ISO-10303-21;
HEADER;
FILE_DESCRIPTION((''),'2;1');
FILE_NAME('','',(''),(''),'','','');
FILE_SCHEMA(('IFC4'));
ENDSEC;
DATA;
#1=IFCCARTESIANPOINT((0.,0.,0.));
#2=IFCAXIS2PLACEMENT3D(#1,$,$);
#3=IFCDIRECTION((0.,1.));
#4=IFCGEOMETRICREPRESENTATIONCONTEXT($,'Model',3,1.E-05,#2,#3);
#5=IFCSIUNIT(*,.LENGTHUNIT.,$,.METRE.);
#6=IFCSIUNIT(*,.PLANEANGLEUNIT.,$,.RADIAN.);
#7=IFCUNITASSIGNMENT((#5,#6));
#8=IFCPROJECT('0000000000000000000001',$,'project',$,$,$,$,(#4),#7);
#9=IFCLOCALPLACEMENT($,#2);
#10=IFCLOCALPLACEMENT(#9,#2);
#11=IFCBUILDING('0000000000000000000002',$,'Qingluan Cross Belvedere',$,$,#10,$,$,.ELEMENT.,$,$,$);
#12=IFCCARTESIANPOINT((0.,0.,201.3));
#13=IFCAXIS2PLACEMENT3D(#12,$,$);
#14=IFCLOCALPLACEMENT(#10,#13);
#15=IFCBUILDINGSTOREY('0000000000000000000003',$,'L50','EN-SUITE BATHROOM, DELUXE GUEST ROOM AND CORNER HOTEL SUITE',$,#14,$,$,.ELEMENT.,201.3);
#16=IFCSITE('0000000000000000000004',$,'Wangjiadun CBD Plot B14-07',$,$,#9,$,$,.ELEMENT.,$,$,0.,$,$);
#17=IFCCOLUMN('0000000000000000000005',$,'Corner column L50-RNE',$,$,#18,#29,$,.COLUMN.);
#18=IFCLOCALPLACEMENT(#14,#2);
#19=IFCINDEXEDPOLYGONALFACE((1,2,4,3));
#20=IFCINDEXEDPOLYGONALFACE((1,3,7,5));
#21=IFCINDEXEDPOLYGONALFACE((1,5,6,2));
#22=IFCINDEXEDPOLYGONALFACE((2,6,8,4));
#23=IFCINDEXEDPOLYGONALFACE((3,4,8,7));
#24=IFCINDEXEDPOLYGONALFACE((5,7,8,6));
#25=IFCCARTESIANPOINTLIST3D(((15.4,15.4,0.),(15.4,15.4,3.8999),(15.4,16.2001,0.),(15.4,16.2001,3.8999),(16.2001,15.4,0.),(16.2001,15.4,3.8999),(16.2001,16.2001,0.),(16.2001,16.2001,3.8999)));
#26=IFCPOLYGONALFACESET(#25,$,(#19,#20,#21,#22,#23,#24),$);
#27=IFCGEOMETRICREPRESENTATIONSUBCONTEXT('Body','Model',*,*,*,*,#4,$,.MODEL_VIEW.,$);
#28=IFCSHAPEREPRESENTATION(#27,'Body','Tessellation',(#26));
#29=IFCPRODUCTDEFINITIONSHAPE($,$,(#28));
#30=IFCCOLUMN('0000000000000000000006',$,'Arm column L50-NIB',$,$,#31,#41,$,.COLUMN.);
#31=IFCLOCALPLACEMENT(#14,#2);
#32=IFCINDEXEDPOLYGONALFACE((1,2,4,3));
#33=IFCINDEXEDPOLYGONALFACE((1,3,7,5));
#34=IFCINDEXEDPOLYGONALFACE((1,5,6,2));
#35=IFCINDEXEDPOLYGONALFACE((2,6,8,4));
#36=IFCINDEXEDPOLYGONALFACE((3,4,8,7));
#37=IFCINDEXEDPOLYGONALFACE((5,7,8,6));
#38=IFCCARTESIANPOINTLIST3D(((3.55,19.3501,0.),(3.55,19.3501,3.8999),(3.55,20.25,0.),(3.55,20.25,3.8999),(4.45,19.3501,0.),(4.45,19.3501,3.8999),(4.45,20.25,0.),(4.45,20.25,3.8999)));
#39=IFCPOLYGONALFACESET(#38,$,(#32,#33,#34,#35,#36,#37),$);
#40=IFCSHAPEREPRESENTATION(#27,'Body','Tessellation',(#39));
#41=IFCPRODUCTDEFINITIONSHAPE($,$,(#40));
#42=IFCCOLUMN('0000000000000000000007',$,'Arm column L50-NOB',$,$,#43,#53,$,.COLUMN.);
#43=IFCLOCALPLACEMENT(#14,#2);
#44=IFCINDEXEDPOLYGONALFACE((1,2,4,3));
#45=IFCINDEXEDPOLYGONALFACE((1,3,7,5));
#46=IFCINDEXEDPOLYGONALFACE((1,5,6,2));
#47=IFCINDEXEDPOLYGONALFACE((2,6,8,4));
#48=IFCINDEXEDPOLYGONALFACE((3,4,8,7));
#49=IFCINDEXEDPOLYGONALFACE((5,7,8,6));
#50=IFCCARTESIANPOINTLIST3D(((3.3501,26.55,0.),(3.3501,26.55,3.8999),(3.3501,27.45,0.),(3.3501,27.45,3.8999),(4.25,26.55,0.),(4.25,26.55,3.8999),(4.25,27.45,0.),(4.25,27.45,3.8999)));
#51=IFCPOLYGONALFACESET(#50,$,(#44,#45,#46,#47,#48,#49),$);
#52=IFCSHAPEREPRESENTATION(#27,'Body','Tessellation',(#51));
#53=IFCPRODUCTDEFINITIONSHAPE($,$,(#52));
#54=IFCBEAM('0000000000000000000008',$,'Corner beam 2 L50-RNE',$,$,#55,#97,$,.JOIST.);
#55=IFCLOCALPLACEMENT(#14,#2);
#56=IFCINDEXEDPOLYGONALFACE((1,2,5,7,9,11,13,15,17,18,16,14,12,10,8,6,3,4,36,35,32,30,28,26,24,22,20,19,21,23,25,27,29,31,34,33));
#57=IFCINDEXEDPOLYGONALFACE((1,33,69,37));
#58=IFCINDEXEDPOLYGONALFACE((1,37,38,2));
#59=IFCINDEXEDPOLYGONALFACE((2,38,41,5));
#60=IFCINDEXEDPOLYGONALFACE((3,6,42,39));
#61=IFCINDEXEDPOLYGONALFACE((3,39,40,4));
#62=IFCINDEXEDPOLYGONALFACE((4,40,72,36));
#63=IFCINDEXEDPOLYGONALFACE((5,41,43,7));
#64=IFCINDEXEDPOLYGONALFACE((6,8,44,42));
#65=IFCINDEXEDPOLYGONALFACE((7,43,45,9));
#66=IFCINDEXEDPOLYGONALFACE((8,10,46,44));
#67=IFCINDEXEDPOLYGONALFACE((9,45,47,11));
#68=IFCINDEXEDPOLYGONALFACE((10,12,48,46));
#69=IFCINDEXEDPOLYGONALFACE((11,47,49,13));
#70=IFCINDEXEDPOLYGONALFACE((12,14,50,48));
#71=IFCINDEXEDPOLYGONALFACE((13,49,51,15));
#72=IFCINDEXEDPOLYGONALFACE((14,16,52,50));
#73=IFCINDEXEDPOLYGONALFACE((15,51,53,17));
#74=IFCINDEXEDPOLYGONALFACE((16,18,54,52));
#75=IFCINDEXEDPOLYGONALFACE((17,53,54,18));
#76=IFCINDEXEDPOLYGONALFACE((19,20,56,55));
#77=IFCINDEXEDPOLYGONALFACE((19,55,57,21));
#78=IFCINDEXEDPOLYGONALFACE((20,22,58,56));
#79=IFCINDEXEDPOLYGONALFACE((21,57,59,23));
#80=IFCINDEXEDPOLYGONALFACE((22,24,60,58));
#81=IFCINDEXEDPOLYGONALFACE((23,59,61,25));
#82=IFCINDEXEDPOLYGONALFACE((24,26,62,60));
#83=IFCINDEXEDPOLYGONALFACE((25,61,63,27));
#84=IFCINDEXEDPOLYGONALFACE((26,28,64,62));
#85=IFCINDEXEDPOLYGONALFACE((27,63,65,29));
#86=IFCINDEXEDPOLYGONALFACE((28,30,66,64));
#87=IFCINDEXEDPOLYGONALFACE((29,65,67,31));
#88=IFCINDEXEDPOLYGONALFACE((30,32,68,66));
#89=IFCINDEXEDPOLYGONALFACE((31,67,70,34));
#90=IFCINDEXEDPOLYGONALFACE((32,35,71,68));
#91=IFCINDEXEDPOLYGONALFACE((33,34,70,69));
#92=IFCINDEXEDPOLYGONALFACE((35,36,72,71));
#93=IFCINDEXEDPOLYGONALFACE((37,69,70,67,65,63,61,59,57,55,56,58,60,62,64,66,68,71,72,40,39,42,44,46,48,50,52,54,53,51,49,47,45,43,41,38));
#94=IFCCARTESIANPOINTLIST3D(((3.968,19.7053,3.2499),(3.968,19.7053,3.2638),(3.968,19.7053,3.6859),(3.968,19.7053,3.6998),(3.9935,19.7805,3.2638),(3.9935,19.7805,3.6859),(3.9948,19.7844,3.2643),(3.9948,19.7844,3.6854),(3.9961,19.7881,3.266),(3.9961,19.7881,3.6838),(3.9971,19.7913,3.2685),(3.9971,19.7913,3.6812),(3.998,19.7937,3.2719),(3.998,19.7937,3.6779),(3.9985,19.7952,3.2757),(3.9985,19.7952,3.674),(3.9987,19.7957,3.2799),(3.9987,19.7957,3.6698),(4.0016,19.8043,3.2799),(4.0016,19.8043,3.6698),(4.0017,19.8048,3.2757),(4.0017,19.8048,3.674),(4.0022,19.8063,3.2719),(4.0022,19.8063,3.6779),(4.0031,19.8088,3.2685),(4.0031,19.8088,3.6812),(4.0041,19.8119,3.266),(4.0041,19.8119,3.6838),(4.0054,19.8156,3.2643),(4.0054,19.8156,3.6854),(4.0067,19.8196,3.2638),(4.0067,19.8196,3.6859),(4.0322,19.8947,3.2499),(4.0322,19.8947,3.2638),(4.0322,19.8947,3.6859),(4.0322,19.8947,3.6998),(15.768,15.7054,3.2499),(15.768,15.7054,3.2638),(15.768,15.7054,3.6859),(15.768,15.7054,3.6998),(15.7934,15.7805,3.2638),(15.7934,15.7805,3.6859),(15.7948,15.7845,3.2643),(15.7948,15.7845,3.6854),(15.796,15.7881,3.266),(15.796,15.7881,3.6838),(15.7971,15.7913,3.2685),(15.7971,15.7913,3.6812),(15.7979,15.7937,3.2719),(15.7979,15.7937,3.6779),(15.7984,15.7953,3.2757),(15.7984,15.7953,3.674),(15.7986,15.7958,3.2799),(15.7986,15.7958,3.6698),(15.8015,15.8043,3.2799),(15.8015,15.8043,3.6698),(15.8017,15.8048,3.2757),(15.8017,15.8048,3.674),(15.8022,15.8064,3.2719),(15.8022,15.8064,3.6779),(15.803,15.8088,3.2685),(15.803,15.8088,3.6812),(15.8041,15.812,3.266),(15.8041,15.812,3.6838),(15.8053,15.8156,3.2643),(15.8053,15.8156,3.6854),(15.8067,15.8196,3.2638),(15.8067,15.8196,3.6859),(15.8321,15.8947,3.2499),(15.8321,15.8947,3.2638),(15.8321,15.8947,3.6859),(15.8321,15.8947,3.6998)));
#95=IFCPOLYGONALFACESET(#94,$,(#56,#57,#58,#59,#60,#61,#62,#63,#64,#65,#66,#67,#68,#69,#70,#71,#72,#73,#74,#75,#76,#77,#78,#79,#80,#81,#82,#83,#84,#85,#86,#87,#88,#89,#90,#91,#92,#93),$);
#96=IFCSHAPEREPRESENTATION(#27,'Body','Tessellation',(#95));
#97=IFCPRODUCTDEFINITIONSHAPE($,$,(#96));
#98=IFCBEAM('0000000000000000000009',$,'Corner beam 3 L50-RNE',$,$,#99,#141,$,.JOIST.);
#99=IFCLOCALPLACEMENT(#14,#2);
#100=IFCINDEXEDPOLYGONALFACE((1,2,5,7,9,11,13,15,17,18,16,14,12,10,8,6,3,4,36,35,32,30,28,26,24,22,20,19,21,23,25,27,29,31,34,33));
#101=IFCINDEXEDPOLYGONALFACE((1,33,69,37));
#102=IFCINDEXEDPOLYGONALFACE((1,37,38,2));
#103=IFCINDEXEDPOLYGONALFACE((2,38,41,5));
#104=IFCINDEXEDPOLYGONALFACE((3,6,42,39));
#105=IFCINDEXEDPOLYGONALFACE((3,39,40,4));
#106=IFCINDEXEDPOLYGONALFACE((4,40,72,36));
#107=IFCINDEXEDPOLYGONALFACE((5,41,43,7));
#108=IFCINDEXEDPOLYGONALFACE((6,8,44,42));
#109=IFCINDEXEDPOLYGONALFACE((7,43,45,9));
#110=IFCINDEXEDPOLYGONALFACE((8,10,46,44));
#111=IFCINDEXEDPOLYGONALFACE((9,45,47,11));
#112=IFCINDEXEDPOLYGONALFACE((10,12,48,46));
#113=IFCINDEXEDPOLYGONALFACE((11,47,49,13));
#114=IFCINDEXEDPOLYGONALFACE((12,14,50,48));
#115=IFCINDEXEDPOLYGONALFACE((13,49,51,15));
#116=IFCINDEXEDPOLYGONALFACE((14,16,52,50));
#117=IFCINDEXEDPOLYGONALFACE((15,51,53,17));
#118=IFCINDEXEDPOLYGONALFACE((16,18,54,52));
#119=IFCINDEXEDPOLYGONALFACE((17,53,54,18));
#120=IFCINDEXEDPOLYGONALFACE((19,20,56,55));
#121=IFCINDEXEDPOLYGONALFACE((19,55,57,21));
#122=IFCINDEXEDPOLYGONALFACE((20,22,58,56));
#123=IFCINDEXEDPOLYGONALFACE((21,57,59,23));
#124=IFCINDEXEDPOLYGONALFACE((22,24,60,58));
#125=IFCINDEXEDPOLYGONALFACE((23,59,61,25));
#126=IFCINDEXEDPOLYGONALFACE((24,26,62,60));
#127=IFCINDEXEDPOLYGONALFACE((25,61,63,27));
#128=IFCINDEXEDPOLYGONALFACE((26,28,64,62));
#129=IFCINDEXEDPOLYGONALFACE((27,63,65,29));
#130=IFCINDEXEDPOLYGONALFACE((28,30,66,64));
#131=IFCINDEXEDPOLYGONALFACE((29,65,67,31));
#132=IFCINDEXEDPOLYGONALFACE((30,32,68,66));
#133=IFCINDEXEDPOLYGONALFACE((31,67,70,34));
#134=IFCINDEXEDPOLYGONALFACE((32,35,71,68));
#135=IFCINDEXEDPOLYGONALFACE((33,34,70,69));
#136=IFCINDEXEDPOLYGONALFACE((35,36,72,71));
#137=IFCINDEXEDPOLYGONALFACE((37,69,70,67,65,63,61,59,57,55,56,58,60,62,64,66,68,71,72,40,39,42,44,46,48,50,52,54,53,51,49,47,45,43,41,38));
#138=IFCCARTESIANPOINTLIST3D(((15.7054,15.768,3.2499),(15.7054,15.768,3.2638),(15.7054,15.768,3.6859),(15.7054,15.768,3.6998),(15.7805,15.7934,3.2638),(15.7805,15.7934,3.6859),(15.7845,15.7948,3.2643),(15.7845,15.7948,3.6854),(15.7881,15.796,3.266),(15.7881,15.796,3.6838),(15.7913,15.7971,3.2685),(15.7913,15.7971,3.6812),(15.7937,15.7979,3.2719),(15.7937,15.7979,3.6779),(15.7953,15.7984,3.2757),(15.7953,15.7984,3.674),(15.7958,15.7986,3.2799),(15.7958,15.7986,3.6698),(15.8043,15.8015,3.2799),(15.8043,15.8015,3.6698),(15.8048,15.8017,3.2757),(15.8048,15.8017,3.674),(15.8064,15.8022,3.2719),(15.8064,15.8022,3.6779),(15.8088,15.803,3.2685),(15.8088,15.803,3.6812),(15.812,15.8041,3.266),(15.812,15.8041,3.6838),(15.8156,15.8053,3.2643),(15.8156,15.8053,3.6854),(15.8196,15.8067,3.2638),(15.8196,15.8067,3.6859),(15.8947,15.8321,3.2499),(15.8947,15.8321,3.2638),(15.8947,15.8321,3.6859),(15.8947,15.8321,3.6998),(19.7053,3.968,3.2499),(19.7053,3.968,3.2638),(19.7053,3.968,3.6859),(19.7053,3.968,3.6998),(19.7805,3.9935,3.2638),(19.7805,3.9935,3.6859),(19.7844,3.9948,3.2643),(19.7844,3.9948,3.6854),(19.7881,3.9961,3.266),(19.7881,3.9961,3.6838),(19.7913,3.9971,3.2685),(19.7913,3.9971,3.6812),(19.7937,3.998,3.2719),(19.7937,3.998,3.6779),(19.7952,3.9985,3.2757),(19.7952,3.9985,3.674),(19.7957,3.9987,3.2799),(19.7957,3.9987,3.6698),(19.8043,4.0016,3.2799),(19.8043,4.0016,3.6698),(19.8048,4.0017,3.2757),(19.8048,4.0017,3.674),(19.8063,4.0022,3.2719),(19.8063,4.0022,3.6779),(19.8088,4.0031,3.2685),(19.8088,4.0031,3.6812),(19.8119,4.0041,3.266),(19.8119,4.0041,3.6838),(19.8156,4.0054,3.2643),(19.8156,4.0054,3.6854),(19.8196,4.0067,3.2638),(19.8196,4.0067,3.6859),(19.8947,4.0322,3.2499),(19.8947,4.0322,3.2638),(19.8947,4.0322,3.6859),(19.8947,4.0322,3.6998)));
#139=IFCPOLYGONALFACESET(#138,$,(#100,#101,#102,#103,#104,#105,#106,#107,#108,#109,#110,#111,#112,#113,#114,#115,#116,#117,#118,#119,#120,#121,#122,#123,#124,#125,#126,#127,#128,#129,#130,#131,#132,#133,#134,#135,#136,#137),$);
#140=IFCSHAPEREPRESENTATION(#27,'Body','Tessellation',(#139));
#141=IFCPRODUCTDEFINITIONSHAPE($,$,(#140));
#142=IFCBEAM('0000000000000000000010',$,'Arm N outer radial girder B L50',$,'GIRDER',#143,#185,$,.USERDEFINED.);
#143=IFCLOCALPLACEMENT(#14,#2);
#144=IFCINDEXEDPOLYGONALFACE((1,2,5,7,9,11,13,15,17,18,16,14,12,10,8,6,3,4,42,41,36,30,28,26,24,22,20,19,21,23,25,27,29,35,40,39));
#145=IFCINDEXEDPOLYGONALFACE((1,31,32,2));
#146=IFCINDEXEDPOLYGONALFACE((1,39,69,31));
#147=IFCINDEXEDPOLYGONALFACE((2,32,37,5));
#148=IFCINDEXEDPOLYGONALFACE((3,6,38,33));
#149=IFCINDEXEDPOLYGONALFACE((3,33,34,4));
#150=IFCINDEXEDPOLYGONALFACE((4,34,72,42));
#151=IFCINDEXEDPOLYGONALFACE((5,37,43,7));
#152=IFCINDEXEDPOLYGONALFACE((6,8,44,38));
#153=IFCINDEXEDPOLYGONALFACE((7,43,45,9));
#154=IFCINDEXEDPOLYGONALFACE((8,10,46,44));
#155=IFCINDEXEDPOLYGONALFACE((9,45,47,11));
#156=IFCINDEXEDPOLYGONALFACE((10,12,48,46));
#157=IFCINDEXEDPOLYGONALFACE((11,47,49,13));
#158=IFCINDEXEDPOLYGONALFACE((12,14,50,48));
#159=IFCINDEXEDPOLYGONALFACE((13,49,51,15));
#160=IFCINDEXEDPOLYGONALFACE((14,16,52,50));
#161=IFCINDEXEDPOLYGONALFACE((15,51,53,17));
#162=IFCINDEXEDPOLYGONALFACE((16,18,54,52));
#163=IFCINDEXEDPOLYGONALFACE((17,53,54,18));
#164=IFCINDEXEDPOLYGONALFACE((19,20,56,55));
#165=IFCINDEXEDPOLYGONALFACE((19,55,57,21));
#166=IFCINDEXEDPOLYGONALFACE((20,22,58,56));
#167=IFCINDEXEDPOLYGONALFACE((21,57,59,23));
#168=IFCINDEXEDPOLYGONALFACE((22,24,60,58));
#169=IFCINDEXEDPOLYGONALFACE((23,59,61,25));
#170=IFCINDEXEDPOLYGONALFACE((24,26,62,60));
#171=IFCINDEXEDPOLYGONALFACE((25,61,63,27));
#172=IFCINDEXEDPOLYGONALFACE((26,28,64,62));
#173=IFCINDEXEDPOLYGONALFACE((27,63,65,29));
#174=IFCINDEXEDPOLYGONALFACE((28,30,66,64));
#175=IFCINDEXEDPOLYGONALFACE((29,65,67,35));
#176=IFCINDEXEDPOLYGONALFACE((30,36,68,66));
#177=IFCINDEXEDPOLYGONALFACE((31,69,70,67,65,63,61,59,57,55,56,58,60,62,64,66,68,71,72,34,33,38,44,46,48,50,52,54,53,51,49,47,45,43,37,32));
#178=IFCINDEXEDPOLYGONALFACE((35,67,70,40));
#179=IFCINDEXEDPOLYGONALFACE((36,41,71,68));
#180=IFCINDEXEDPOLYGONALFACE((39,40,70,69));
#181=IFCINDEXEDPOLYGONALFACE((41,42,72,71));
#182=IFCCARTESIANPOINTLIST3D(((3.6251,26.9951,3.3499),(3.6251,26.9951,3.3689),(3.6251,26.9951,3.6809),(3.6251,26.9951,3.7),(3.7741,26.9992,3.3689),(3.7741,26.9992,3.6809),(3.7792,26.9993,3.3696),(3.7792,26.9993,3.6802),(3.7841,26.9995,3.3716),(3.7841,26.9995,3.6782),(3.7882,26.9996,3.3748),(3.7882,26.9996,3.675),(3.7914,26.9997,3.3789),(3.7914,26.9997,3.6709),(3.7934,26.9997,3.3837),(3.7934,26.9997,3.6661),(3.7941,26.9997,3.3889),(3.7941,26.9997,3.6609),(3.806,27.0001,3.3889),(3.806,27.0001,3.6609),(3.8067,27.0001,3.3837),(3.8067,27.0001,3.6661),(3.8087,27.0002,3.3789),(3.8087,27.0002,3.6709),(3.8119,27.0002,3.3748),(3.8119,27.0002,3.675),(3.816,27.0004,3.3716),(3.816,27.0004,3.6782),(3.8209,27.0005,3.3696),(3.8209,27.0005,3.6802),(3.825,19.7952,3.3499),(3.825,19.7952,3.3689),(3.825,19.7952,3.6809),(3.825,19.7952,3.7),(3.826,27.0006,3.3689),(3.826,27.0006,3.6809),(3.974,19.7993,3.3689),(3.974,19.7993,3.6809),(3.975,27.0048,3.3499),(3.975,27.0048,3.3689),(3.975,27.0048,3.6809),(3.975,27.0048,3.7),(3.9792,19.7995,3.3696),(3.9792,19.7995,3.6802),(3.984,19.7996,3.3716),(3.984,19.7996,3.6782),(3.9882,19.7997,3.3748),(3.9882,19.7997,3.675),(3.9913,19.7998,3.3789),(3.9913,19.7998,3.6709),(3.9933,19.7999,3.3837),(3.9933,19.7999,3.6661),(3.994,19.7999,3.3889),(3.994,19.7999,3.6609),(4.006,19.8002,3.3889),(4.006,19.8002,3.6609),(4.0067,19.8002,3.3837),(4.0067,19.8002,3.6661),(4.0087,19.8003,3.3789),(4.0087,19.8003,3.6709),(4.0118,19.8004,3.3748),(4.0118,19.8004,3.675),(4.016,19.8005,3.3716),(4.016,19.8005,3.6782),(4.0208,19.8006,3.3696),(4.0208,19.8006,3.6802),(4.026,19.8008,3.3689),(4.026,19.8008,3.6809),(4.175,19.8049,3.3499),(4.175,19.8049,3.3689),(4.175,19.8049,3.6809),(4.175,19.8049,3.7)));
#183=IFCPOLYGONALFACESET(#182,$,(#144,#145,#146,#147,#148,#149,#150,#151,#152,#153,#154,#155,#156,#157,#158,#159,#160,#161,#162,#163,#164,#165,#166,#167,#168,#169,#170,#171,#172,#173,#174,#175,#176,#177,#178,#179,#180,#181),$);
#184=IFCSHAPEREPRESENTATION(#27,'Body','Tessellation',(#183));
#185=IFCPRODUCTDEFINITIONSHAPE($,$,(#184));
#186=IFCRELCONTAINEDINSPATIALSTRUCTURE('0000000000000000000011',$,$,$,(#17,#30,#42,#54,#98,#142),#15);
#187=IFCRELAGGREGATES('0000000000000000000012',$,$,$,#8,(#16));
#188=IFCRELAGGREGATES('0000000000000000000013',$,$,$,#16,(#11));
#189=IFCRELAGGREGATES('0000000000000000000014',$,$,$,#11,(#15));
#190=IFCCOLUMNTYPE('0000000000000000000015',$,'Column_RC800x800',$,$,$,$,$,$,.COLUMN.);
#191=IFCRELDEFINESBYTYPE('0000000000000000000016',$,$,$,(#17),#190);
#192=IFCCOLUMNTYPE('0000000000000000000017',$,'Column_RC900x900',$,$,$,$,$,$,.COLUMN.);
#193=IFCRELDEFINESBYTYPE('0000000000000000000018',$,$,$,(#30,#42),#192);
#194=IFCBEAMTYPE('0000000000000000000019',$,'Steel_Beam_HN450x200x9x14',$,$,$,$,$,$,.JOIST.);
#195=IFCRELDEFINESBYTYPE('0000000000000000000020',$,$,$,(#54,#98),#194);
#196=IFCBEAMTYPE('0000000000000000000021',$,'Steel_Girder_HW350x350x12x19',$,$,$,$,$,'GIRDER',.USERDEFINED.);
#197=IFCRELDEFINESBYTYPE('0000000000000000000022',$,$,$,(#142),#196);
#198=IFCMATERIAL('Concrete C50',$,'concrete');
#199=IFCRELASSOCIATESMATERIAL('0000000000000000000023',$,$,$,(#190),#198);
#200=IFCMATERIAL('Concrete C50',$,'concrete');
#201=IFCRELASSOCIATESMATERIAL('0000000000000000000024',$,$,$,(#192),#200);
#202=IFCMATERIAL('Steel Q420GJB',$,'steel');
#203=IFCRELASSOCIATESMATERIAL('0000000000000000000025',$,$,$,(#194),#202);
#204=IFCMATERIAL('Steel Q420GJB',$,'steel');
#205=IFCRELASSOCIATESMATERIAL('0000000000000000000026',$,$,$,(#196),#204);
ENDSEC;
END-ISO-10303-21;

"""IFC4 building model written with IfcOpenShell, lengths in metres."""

from ifc_helpers import new_model, si_unit, direction, frame, origin, origin_2d, place, context, subcontext, project, spatial, rectangle, i_section, extrude, material, material_profile, profile_set, type_object, element, save


model = new_model("IFC4")

# Units and contexts
model_context = context("Model", 3, precision=1e-05, world=origin(), true_north=direction((0.0, 1.0)))
body_context = subcontext(model_context, "Body", "Model", "MODEL_VIEW")
ifc_project = project(units=[si_unit("LENGTHUNIT", "METRE"), si_unit("PLANEANGLEUNIT", "RADIAN")], contexts=[model_context])

# Site, building, storey
site_placement = place(None, origin())
site = spatial("IfcSite", under=ifc_project, at=site_placement, Name="Wangjiadun CBD Plot B14-07", CompositionType="ELEMENT", RefElevation=0.0)
building_placement = place(site_placement, origin())
building = spatial("IfcBuilding", under=site, at=building_placement, Name="Qingluan Cross Belvedere", CompositionType="ELEMENT")
storey_placement = place(building_placement, frame((0.0, 0.0, 201.3)))
storey = spatial("IfcBuildingStorey", under=building, at=storey_placement, Name="L50", Description="EN-SUITE BATHROOM, DELUXE GUEST ROOM AND CORNER HOTEL SUITE", CompositionType="ELEMENT", Elevation=201.3)

# Columns
ifc_material_1 = material(Name="Concrete C50", Category="concrete")
ifc_material_profile_1 = material_profile(ifc_material_1, rectangle(XDim=0.8, YDim=0.8, at=origin_2d()), Name="RC800x800")
ifc_profile_set_1 = profile_set([ifc_material_profile_1], Name="Concrete C50")
column_type_1 = type_object("IfcColumnType", Name="Column_RC800x800", PredefinedType="COLUMN", material=ifc_profile_set_1)
column_placement = place(storey_placement, frame((15.8, 15.8, 0.0), z_axis=(0.0, 0.0, 1.0), x_axis=(1.0, 0.0, 0.0)))
element("IfcColumn", 1, at=column_placement, inside=storey, type_object=column_type_1, Name="Corner column L50-RNE", PredefinedType="COLUMN", context=body_context, shape_type="SweptSolid", body=[
    extrude(rectangle(XDim=0.8, YDim=0.8, at=origin_2d()), origin(), (0.0, 0.0, 1.0), 3.8999),
])
ifc_material_2 = material(Name="Concrete C50", Category="concrete")
ifc_material_profile_2 = material_profile(ifc_material_2, rectangle(XDim=0.8999, YDim=0.8999, at=origin_2d()), Name="RC900x900")
ifc_profile_set_2 = profile_set([ifc_material_profile_2], Name="Concrete C50")
column_type_2 = type_object("IfcColumnType", Name="Column_RC900x900", PredefinedType="COLUMN", material=ifc_profile_set_2)
for number, where, z_axis, x_axis, name in (
    (2, (4.0, 19.8, 0.0), (0.0, 0.0, 1.0), (1.0, 0.0, 0.0), "Arm column L50-NIB"),
    (3, (3.8, 27.0, 0.0), (0.0, 0.0, 1.0), (1.0, 0.0, 0.0), "Arm column L50-NOB"),
):
    element("IfcColumn", number, at=place(storey_placement, frame(where, z_axis=z_axis, x_axis=x_axis)), inside=storey, type_object=column_type_2, Name=name, PredefinedType="COLUMN", context=body_context, shape_type="SweptSolid", body=[
        extrude(rectangle(XDim=0.8999, YDim=0.8999, at=origin_2d()), origin(), (0.0, 0.0, 1.0), 3.8999),
    ])

# Beams
ifc_material_3 = material(Name="Steel Q420GJB", Category="steel")
ifc_material_profile_3 = material_profile(ifc_material_3, i_section(OverallWidth=0.2, OverallDepth=0.45, WebThickness=0.009, FlangeThickness=0.0139, FilletRadius=0.0161, at=origin_2d()), Name="HN450x200x9x14")
ifc_profile_set_3 = profile_set([ifc_material_profile_3], Name="Steel Q420GJB")
beam_type_1 = type_object("IfcBeamType", Name="Steel_Beam_HN450x200x9x14", PredefinedType="JOIST", material=ifc_profile_set_3)
for number, where, z_axis, x_axis, name in (
    (4, (15.8, 15.8, 3.4749), (-0.947066, 0.321038, 0.0), (-0.321038, -0.947066, 0.0), "Corner beam 2 L50-RNE"),
    (5, (15.8, 15.8, 3.4749), (0.321038, -0.947066, 0.0), (0.947066, 0.321038, 0.0), "Corner beam 3 L50-RNE"),
):
    element("IfcBeam", number, at=place(storey_placement, frame(where, z_axis=z_axis, x_axis=x_axis)), inside=storey, type_object=beam_type_1, Name=name, PredefinedType="JOIST", context=body_context, shape_type="SweptSolid", body=[
        extrude(i_section(OverallWidth=0.2, OverallDepth=0.45, WebThickness=0.009, FlangeThickness=0.0139, FilletRadius=0.0161, at=origin_2d()), origin(), (0.0, 0.0, 1.0), 12.4595),
    ])
ifc_material_4 = material(Name="Steel Q420GJB", Category="steel")
ifc_material_profile_4 = material_profile(ifc_material_4, i_section(OverallWidth=0.3501, OverallDepth=0.3501, WebThickness=0.012, FlangeThickness=0.019, FilletRadius=0.02, at=origin_2d()), Name="HW350x350x12x19")
ifc_profile_set_4 = profile_set([ifc_material_profile_4], Name="Steel Q420GJB")
beam_type_2 = type_object("IfcBeamType", Name="Steel_Girder_HW350x350x12x19", ElementType="GIRDER", PredefinedType="USERDEFINED", material=ifc_profile_set_4)
beam_placement = place(storey_placement, frame((4.0, 19.8, 3.5249), z_axis=(-0.02776, 0.999615, 0.0), x_axis=(-0.999615, -0.02776, 0.0)))
element("IfcBeam", 6, at=beam_placement, inside=storey, type_object=beam_type_2, Name="Arm N outer radial girder B L50", ObjectType="GIRDER", PredefinedType="USERDEFINED", context=body_context, shape_type="SweptSolid", body=[
    extrude(i_section(OverallWidth=0.3501, OverallDepth=0.3501, WebThickness=0.012, FlangeThickness=0.019, FilletRadius=0.02, at=origin_2d()), origin(), (0.0, 0.0, 1.0), 7.2026),
])

save(model, "model.ifc")
